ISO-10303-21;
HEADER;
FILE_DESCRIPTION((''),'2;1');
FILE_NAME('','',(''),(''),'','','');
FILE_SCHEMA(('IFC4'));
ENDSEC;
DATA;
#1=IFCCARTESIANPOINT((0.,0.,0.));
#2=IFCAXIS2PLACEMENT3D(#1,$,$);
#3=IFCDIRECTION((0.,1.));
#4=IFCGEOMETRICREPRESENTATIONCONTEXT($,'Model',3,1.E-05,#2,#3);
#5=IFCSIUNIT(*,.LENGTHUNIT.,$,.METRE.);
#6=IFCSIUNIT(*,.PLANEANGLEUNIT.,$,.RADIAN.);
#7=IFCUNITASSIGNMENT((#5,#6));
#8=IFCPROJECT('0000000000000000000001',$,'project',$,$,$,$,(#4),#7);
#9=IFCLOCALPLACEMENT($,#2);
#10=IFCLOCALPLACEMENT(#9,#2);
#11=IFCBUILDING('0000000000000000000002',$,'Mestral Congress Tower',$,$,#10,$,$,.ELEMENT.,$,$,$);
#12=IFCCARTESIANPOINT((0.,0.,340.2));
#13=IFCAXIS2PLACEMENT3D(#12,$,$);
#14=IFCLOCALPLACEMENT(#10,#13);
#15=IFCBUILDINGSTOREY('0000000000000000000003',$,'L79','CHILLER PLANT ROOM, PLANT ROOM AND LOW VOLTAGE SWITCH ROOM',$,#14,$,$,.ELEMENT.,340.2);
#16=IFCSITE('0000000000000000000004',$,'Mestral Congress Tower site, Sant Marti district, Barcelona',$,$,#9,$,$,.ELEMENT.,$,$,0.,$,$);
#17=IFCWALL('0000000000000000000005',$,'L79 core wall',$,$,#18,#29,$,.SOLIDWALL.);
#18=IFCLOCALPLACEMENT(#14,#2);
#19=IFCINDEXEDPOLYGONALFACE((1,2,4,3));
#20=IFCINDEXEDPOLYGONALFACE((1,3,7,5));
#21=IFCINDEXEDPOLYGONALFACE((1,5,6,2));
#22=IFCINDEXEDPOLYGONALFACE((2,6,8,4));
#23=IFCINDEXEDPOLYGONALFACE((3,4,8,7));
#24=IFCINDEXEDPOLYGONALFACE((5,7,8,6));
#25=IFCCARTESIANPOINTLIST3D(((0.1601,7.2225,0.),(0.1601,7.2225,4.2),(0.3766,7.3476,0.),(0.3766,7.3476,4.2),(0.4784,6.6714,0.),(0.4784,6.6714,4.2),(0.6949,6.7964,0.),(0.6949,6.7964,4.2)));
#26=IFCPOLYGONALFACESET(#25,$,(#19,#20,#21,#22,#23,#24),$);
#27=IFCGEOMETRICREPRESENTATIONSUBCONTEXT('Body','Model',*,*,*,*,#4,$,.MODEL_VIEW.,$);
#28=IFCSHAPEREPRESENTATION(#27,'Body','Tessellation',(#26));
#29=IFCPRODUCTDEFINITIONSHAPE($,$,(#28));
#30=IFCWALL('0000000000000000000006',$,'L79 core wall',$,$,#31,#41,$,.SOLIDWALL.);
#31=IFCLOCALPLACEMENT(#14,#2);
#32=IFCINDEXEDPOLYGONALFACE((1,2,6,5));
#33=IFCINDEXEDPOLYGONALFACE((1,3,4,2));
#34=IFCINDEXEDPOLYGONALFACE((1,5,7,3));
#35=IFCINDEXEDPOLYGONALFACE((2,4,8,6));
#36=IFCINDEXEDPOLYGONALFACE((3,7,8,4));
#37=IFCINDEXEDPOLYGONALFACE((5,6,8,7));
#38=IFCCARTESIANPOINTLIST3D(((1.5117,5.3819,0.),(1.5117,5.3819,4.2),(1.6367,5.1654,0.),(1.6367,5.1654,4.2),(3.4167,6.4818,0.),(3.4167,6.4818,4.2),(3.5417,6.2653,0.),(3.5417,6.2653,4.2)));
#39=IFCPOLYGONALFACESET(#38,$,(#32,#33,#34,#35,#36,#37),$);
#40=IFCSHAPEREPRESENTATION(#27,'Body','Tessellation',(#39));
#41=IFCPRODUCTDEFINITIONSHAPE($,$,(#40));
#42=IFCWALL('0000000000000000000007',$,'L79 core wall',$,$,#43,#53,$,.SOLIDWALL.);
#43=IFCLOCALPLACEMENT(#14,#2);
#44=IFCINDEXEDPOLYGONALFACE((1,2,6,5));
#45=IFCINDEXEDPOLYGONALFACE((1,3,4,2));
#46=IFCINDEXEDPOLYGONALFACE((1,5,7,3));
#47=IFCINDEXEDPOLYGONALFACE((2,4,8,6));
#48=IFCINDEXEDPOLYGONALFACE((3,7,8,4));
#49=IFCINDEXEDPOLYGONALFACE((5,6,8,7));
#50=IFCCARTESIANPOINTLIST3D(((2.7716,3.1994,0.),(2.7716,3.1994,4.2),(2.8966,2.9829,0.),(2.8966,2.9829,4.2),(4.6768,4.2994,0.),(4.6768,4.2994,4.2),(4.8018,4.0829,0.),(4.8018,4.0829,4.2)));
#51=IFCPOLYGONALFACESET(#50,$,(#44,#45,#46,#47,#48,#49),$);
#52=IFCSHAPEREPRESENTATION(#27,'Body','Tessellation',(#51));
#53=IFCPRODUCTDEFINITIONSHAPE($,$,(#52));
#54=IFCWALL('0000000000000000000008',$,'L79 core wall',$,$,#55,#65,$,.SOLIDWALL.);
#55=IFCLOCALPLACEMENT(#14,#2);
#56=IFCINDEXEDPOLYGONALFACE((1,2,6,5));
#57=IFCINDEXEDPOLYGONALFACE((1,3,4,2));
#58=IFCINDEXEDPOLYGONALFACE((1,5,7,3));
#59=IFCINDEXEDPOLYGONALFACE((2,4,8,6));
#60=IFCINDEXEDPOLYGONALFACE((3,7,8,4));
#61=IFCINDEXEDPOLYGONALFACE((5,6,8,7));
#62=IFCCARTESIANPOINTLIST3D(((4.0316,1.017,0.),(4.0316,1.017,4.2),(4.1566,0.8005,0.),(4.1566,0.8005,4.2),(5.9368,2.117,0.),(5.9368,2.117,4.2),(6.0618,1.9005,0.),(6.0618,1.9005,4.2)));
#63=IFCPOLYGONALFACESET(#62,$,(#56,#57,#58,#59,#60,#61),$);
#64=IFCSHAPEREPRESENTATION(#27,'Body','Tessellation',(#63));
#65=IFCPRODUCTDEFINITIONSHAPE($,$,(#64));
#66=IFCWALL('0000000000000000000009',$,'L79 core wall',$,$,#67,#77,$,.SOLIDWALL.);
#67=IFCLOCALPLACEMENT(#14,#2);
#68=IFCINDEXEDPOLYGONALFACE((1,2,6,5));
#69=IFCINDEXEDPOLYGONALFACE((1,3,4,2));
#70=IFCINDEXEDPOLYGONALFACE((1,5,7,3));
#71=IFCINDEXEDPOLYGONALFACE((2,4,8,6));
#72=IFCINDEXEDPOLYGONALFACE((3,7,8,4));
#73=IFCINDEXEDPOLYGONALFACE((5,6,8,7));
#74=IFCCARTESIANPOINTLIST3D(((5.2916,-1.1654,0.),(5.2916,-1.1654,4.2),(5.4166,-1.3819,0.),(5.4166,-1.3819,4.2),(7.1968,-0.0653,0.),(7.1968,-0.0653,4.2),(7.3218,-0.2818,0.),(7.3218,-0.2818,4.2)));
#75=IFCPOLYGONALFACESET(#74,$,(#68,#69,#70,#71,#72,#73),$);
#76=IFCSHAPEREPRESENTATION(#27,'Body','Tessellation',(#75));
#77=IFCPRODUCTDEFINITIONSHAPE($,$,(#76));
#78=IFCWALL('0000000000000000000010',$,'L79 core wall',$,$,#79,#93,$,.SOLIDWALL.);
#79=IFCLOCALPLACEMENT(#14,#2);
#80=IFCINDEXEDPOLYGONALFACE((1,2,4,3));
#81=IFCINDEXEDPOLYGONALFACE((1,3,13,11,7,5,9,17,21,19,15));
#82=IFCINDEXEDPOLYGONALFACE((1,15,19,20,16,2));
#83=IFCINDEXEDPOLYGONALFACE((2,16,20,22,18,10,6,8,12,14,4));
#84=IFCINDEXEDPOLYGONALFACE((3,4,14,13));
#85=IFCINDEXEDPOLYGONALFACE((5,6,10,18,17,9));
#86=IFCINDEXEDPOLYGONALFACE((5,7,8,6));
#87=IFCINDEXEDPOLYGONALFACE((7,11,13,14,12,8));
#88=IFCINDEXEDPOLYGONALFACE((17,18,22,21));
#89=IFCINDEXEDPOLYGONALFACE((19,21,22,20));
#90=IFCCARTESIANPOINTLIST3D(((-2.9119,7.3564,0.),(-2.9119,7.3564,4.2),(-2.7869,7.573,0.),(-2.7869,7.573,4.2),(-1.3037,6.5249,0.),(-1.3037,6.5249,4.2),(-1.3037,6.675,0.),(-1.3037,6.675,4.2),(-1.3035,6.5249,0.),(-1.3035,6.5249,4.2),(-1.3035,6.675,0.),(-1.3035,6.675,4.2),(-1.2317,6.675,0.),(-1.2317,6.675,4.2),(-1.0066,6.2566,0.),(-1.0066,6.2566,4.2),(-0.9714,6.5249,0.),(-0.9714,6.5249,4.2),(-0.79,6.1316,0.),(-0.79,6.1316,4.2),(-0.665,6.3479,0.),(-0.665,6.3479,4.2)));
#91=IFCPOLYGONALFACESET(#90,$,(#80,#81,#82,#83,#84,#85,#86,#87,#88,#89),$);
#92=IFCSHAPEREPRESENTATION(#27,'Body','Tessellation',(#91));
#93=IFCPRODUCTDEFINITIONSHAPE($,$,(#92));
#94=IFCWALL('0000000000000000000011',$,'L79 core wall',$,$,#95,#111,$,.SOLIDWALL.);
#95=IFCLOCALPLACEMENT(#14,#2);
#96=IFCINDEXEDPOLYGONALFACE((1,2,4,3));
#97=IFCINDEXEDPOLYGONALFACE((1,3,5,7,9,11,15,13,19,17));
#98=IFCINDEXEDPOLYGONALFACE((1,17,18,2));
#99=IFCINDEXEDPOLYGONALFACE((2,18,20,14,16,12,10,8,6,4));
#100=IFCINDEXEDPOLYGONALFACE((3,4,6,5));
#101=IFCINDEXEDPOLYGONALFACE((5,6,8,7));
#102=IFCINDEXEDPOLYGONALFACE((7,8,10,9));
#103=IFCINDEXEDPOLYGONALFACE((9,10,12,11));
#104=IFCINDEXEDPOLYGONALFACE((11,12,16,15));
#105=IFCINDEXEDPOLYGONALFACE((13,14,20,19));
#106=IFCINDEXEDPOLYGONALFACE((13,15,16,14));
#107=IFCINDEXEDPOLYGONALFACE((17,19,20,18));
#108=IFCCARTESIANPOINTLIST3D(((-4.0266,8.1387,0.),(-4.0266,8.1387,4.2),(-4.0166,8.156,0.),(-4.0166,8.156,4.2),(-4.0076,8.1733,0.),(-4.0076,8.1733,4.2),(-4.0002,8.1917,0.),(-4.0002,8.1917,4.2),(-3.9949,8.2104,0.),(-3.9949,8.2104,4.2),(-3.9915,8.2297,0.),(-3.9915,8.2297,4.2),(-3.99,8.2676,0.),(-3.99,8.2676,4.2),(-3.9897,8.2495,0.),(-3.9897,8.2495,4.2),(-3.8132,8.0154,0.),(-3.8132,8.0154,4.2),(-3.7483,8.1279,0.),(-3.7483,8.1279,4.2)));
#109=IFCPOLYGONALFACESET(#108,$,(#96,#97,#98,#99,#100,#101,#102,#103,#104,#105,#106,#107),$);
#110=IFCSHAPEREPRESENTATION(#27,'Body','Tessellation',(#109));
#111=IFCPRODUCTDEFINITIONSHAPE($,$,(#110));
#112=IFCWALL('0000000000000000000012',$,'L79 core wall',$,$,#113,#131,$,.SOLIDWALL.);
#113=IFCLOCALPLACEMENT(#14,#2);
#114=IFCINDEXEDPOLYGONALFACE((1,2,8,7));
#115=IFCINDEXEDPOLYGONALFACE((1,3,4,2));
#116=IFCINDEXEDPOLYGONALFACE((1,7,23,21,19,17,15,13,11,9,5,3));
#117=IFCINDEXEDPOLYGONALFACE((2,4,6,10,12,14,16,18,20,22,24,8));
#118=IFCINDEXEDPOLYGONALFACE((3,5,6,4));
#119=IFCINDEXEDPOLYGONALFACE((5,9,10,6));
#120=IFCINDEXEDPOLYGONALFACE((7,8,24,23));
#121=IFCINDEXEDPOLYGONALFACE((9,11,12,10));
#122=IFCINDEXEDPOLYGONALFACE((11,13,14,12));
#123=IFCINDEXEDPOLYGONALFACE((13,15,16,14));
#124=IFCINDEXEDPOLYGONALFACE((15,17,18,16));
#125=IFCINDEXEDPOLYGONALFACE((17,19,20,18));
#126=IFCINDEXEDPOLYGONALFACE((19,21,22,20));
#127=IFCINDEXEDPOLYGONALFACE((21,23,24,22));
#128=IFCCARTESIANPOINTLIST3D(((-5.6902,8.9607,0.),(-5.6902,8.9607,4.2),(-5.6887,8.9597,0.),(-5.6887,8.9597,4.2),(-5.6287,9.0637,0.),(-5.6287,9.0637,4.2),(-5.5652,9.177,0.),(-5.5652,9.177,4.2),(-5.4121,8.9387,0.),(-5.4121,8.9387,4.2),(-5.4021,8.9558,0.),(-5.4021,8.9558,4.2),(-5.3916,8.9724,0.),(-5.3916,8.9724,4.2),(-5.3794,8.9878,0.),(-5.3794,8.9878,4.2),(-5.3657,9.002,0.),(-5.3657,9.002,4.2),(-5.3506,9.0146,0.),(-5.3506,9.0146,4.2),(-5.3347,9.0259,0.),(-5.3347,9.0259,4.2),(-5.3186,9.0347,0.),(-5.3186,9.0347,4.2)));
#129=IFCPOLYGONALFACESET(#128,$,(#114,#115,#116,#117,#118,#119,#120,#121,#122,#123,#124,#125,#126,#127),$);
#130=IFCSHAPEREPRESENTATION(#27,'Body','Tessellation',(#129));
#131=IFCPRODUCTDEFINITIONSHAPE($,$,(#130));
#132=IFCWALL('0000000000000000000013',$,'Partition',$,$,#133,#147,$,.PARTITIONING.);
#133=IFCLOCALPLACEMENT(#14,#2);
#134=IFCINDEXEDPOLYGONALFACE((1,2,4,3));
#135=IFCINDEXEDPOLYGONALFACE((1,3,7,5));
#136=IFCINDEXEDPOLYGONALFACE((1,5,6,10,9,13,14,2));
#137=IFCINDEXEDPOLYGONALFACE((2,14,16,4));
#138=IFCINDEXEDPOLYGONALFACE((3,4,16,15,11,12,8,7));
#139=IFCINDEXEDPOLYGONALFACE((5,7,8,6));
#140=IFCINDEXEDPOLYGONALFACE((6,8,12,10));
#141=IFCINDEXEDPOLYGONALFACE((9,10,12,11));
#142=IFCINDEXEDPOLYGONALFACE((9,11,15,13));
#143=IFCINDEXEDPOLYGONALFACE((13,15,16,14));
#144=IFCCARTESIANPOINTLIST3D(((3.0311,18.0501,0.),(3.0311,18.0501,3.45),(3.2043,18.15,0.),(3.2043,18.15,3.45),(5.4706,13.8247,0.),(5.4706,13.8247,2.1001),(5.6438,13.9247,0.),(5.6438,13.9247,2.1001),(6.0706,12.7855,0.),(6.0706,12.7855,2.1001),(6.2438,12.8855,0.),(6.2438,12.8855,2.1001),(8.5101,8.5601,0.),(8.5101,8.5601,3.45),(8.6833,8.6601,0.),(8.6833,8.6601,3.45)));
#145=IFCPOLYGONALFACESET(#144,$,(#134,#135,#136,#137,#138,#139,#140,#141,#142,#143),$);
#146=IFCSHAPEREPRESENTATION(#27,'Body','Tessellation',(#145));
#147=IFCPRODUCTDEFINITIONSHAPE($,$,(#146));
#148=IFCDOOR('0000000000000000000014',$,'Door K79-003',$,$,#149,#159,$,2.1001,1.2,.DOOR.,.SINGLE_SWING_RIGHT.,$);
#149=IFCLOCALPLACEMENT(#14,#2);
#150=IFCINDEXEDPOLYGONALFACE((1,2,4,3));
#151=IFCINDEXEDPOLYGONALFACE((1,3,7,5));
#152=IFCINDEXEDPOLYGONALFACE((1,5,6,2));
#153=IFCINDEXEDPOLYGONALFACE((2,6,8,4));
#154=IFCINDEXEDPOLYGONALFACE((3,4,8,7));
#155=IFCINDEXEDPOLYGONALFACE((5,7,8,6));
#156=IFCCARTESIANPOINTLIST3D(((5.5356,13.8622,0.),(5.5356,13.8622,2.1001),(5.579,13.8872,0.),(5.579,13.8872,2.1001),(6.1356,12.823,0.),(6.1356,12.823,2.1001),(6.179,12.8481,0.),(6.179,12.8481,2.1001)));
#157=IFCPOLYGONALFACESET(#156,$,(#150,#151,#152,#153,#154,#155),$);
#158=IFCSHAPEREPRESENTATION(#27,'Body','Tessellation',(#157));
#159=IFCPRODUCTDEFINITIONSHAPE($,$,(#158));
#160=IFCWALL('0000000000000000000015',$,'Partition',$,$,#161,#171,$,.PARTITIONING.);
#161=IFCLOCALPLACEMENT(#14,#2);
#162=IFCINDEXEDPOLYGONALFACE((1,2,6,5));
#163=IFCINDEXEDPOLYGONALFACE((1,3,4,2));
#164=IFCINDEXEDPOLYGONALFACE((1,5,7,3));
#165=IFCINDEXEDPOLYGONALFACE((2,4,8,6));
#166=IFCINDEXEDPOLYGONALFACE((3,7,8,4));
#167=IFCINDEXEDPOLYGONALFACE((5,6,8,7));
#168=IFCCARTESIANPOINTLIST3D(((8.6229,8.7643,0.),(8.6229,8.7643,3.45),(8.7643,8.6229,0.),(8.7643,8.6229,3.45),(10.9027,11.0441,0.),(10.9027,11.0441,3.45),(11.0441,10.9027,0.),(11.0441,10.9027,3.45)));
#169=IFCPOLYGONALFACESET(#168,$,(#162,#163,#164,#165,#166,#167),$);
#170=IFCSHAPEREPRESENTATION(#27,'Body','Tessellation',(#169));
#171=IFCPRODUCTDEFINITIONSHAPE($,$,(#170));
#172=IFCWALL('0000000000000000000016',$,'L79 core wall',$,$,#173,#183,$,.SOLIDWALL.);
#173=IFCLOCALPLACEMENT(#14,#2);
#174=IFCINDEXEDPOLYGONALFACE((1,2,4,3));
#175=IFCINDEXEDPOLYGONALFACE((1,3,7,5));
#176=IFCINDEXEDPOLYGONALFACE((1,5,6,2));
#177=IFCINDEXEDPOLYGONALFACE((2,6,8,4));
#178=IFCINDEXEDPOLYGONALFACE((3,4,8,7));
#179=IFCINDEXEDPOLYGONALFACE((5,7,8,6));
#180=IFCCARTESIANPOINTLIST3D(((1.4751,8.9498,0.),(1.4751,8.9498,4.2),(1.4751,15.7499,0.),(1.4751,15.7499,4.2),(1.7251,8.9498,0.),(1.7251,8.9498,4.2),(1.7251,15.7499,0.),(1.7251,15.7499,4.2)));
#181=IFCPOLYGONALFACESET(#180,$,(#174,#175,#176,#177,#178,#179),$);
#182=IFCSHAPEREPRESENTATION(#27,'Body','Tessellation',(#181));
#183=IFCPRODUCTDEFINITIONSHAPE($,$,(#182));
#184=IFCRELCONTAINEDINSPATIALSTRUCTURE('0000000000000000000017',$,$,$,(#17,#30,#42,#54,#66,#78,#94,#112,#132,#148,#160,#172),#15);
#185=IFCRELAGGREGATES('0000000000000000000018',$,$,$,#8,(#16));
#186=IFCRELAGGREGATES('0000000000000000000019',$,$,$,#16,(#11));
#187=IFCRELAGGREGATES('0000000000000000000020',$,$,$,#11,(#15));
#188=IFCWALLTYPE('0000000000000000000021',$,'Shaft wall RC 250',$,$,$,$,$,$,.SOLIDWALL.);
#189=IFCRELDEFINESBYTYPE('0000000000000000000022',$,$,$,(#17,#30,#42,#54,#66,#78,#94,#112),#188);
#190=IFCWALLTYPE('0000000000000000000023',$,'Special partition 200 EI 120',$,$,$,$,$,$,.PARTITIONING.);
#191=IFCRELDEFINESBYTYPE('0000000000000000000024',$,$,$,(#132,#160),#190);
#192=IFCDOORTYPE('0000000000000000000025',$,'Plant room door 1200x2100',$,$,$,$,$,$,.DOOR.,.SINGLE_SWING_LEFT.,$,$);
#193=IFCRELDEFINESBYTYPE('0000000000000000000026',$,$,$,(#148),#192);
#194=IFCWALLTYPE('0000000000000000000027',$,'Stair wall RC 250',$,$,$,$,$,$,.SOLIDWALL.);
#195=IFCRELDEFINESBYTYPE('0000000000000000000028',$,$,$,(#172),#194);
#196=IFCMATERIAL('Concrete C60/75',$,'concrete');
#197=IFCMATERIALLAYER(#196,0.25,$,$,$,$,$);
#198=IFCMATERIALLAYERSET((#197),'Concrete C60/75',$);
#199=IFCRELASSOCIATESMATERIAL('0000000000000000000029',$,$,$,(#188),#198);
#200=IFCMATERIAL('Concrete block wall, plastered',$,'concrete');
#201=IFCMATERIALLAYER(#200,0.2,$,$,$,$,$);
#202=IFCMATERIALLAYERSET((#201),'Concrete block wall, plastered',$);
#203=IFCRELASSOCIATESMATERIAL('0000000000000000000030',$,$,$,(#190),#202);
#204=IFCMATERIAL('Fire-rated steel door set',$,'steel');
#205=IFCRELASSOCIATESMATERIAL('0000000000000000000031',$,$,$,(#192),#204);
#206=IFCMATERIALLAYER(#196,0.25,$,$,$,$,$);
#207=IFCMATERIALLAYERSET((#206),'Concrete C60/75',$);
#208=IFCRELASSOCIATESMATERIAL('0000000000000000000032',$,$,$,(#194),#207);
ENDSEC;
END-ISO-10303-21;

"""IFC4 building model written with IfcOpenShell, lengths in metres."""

from ifc_helpers import new_model, si_unit, direction, frame, frame_2d, origin, place, context, subcontext, project, spatial, polyline, rectangle, outline, extrude, material, layer, layer_set, type_object, element, fill, save


model = new_model("IFC4")

# Units and contexts
model_context = context("Model", 3, precision=1e-05, world=origin(), true_north=direction((0.0, 1.0)))
body_context = subcontext(model_context, "Body", "Model", "MODEL_VIEW")
ifc_project = project(units=[si_unit("LENGTHUNIT", "METRE"), si_unit("PLANEANGLEUNIT", "RADIAN")], contexts=[model_context])

# Site, building, storey
site_placement = place(None, origin())
site = spatial("IfcSite", under=ifc_project, at=site_placement, Name="Mestral Congress Tower site, Sant Marti district, Barcelona", CompositionType="ELEMENT", RefElevation=0.0)
building_placement = place(site_placement, origin())
building = spatial("IfcBuilding", under=site, at=building_placement, Name="Mestral Congress Tower", CompositionType="ELEMENT")
storey_placement = place(building_placement, frame((0.0, 0.0, 340.2)))
storey = spatial("IfcBuildingStorey", under=building, at=storey_placement, Name="L79", Description="CHILLER PLANT ROOM, PLANT ROOM AND LOW VOLTAGE SWITCH ROOM", CompositionType="ELEMENT", Elevation=340.2)

# Shared definitions
placement = place(storey_placement, origin())
ifc_material_1 = material(Name="Concrete C60/75", Category="concrete")

# Shared definitions
ifc_material_2 = material(Name="Fire-rated steel door set", Category="steel")

# Walls
ifc_layer_1 = layer(ifc_material_1, 0.25)
ifc_layer_set_1 = layer_set([ifc_layer_1], Name="Concrete C60/75")
wall_type_1 = type_object("IfcWallType", Name="Shaft wall RC 250", PredefinedType="SOLIDWALL", material=ifc_layer_set_1)
wall_1_placement = place(storey_placement, frame((0.2683, 7.2852, 0.0), z_axis=(0.0, 0.0, 1.0), x_axis=(0.500099, -0.865968, 0.0)))
element("IfcWall", 1, at=wall_1_placement, inside=storey, type_object=wall_type_1, Name="L79 core wall", PredefinedType="SOLIDWALL", context=body_context, shape_type="SweptSolid", body=[
    extrude(rectangle(XDim=0.6365, YDim=0.25, at=frame_2d((0.3184, 0.0))), origin(), (0.0, 0.0, 1.0), 4.2),
])
wall_2_placement = place(storey_placement, frame((1.5742, 5.2737, 0.0), z_axis=(0.0, 0.0, 1.0), x_axis=(0.866028, 0.499995, 0.0)))
element("IfcWall", 2, at=wall_2_placement, inside=storey, type_object=wall_type_1, Name="L79 core wall", PredefinedType="SOLIDWALL", context=body_context, shape_type="SweptSolid", body=[
    extrude(rectangle(XDim=2.1997, YDim=0.25, at=frame_2d((1.0999, 0.0))), origin(), (0.0, 0.0, 1.0), 4.2),
])
for number, where, z_axis, x_axis, name in (
    (3, (2.834, 3.0911, 0.0), (0.0, 0.0, 1.0), (0.866008, 0.50003, 0.0), "L79 core wall"),
    (4, (4.094, 0.9087, 0.0), (0.0, 0.0, 1.0), (0.866008, 0.50003, 0.0), "L79 core wall"),
    (5, (5.354, -1.2737, 0.0), (0.0, 0.0, 1.0), (0.866008, 0.50003, 0.0), "L79 core wall"),
):
    element("IfcWall", number, at=place(storey_placement, frame(where, z_axis=z_axis, x_axis=x_axis)), inside=storey, type_object=wall_type_1, Name=name, PredefinedType="SOLIDWALL", context=body_context, shape_type="SweptSolid", body=[
        extrude(rectangle(XDim=2.2, YDim=0.25, at=frame_2d((1.1001, 0.0))), origin(), (0.0, 0.0, 1.0), 4.2),
    ])
element("IfcWall", 6, at=placement, inside=storey, type_object=wall_type_1, Name="L79 core wall", PredefinedType="SOLIDWALL", context=body_context, shape_type="SweptSolid", body=[
    extrude(outline(polyline([(-2.9119, 7.3564), (-2.7869, 7.573), (-1.2317, 6.675), (-1.3035, 6.675), (-1.3037, 6.675), (-1.3037, 6.675), (-1.3037, 6.5249), (-1.3037, 6.5249), (-1.3035, 6.5249), (-0.9714, 6.5249), (-0.665, 6.3479), (-0.79, 6.1316), (-1.0066, 6.2566), (-1.0066, 6.2566), (-2.9119, 7.3564)])), origin(), (0.0, 0.0, 1.0), 4.2),
])
element("IfcWall", 7, at=placement, inside=storey, type_object=wall_type_1, Name="L79 core wall", PredefinedType="SOLIDWALL", context=body_context, shape_type="SweptSolid", body=[
    extrude(outline(polyline([(-3.7483, 8.1279), (-3.8132, 8.0154), (-4.0266, 8.1387), (-4.0166, 8.156), (-4.0076, 8.1733), (-4.0002, 8.1917), (-3.9949, 8.2104), (-3.9915, 8.2297), (-3.9897, 8.2495), (-3.99, 8.2676), (-3.7483, 8.1279)])), origin(), (0.0, 0.0, 1.0), 4.2),
])
element("IfcWall", 8, at=placement, inside=storey, type_object=wall_type_1, Name="L79 core wall", PredefinedType="SOLIDWALL", context=body_context, shape_type="SweptSolid", body=[
    extrude(outline(polyline([(-5.6887, 8.9597), (-5.6902, 8.9607), (-5.5652, 9.177), (-5.3186, 9.0347), (-5.3347, 9.0259), (-5.3506, 9.0146), (-5.3657, 9.002), (-5.3794, 8.9878), (-5.3916, 8.9724), (-5.4021, 8.9558), (-5.4121, 8.9387), (-5.6287, 9.0637), (-5.6287, 9.0637), (-5.6887, 8.9597)])), origin(), (0.0, 0.0, 1.0), 4.2),
])

# Wall, opening, door
ifc_material_3 = material(Name="Concrete block wall, plastered", Category="concrete")
ifc_layer_2 = layer(ifc_material_3, 0.2)
ifc_layer_set_2 = layer_set([ifc_layer_2], Name="Concrete block wall, plastered")
wall_type_2 = type_object("IfcWallType", Name="Special partition 200 EI 120", PredefinedType="PARTITIONING", material=ifc_layer_set_2)
wall_3_placement = place(storey_placement, frame((8.5967, 8.6101, 0.0), z_axis=(0.0, 0.0, 1.0), x_axis=(-0.499997, 0.866027, 0.0)))
wall_3 = element("IfcWall", 9, at=wall_3_placement, inside=storey, type_object=wall_type_2, Name="Partition", PredefinedType="PARTITIONING", context=body_context, shape_type="SweptSolid", body=[
    extrude(rectangle(XDim=10.958, YDim=0.2, at=frame_2d((5.479, 0.0))), origin(), (0.0, 0.0, 1.0), 3.45),
])
opening_1_placement = place(wall_3_placement, frame((4.8789, 0.0, 0.0)))
opening_1 = element("IfcOpeningElement", 10, at=opening_1_placement, cuts=wall_3, PredefinedType="OPENING", context=body_context, shape_type="SweptSolid", body=[
    extrude(rectangle(XDim=1.2, YDim=2.1001, at=frame_2d((0.6001, 1.05))), frame((0.0, 0.1099, 0.0), z_axis=(0.0, -1.0, 0.0), x_axis=(1.0, 0.0, 0.0)), (0.0, 0.0, 1.0), 0.22),
])
door_type_1 = type_object("IfcDoorType", Name="Plant room door 1200x2100", OperationType="SINGLE_SWING_LEFT", PredefinedType="DOOR", material=ifc_material_2)
door_1_placement = place(opening_1_placement, origin())
door_1 = element("IfcDoor", 11, at=door_1_placement, inside=storey, type_object=door_type_1, Name="Door K79-003", OperationType="SINGLE_SWING_RIGHT", OverallHeight=2.1001, OverallWidth=1.2, PredefinedType="DOOR", context=body_context, shape_type="SweptSolid", body=[
    extrude(rectangle(XDim=1.2, YDim=2.1001, at=frame_2d((0.6001, 1.05))), frame((0.0, 0.0249, 0.0), z_axis=(0.0, -1.0, 0.0), x_axis=(1.0, 0.0, 0.0)), (0.0, 0.0, 1.0), 0.05),
])
fill(opening_1, door_1)

# Walls
wall_4_placement = place(storey_placement, frame((8.6936, 8.6936, 0.0), z_axis=(0.0, 0.0, 1.0), x_axis=(0.707107, 0.707107, 0.0)))
element("IfcWall", 12, at=wall_4_placement, inside=storey, type_object=wall_type_2, Name="Partition", PredefinedType="PARTITIONING", context=body_context, shape_type="SweptSolid", body=[
    extrude(rectangle(XDim=3.2241, YDim=0.2, at=frame_2d((1.6121, 0.0))), origin(), (0.0, 0.0, 1.0), 3.45),
])
ifc_layer_3 = layer(ifc_material_1, 0.25)
ifc_layer_set_3 = layer_set([ifc_layer_3], Name="Concrete C60/75")
wall_type_3 = type_object("IfcWallType", Name="Stair wall RC 250", PredefinedType="SOLIDWALL", material=ifc_layer_set_3)
wall_5_placement = place(storey_placement, frame((1.6001, 8.95, 0.0), z_axis=(0.0, 0.0, 1.0), x_axis=(0.0, 1.0, 0.0)))
element("IfcWall", 13, at=wall_5_placement, inside=storey, type_object=wall_type_3, Name="L79 core wall", PredefinedType="SOLIDWALL", context=body_context, shape_type="SweptSolid", body=[
    extrude(rectangle(XDim=6.8, YDim=0.25, at=frame_2d((3.3999, 0.0))), origin(), (0.0, 0.0, 1.0), 4.2),
])

save(model, "model.ifc")
